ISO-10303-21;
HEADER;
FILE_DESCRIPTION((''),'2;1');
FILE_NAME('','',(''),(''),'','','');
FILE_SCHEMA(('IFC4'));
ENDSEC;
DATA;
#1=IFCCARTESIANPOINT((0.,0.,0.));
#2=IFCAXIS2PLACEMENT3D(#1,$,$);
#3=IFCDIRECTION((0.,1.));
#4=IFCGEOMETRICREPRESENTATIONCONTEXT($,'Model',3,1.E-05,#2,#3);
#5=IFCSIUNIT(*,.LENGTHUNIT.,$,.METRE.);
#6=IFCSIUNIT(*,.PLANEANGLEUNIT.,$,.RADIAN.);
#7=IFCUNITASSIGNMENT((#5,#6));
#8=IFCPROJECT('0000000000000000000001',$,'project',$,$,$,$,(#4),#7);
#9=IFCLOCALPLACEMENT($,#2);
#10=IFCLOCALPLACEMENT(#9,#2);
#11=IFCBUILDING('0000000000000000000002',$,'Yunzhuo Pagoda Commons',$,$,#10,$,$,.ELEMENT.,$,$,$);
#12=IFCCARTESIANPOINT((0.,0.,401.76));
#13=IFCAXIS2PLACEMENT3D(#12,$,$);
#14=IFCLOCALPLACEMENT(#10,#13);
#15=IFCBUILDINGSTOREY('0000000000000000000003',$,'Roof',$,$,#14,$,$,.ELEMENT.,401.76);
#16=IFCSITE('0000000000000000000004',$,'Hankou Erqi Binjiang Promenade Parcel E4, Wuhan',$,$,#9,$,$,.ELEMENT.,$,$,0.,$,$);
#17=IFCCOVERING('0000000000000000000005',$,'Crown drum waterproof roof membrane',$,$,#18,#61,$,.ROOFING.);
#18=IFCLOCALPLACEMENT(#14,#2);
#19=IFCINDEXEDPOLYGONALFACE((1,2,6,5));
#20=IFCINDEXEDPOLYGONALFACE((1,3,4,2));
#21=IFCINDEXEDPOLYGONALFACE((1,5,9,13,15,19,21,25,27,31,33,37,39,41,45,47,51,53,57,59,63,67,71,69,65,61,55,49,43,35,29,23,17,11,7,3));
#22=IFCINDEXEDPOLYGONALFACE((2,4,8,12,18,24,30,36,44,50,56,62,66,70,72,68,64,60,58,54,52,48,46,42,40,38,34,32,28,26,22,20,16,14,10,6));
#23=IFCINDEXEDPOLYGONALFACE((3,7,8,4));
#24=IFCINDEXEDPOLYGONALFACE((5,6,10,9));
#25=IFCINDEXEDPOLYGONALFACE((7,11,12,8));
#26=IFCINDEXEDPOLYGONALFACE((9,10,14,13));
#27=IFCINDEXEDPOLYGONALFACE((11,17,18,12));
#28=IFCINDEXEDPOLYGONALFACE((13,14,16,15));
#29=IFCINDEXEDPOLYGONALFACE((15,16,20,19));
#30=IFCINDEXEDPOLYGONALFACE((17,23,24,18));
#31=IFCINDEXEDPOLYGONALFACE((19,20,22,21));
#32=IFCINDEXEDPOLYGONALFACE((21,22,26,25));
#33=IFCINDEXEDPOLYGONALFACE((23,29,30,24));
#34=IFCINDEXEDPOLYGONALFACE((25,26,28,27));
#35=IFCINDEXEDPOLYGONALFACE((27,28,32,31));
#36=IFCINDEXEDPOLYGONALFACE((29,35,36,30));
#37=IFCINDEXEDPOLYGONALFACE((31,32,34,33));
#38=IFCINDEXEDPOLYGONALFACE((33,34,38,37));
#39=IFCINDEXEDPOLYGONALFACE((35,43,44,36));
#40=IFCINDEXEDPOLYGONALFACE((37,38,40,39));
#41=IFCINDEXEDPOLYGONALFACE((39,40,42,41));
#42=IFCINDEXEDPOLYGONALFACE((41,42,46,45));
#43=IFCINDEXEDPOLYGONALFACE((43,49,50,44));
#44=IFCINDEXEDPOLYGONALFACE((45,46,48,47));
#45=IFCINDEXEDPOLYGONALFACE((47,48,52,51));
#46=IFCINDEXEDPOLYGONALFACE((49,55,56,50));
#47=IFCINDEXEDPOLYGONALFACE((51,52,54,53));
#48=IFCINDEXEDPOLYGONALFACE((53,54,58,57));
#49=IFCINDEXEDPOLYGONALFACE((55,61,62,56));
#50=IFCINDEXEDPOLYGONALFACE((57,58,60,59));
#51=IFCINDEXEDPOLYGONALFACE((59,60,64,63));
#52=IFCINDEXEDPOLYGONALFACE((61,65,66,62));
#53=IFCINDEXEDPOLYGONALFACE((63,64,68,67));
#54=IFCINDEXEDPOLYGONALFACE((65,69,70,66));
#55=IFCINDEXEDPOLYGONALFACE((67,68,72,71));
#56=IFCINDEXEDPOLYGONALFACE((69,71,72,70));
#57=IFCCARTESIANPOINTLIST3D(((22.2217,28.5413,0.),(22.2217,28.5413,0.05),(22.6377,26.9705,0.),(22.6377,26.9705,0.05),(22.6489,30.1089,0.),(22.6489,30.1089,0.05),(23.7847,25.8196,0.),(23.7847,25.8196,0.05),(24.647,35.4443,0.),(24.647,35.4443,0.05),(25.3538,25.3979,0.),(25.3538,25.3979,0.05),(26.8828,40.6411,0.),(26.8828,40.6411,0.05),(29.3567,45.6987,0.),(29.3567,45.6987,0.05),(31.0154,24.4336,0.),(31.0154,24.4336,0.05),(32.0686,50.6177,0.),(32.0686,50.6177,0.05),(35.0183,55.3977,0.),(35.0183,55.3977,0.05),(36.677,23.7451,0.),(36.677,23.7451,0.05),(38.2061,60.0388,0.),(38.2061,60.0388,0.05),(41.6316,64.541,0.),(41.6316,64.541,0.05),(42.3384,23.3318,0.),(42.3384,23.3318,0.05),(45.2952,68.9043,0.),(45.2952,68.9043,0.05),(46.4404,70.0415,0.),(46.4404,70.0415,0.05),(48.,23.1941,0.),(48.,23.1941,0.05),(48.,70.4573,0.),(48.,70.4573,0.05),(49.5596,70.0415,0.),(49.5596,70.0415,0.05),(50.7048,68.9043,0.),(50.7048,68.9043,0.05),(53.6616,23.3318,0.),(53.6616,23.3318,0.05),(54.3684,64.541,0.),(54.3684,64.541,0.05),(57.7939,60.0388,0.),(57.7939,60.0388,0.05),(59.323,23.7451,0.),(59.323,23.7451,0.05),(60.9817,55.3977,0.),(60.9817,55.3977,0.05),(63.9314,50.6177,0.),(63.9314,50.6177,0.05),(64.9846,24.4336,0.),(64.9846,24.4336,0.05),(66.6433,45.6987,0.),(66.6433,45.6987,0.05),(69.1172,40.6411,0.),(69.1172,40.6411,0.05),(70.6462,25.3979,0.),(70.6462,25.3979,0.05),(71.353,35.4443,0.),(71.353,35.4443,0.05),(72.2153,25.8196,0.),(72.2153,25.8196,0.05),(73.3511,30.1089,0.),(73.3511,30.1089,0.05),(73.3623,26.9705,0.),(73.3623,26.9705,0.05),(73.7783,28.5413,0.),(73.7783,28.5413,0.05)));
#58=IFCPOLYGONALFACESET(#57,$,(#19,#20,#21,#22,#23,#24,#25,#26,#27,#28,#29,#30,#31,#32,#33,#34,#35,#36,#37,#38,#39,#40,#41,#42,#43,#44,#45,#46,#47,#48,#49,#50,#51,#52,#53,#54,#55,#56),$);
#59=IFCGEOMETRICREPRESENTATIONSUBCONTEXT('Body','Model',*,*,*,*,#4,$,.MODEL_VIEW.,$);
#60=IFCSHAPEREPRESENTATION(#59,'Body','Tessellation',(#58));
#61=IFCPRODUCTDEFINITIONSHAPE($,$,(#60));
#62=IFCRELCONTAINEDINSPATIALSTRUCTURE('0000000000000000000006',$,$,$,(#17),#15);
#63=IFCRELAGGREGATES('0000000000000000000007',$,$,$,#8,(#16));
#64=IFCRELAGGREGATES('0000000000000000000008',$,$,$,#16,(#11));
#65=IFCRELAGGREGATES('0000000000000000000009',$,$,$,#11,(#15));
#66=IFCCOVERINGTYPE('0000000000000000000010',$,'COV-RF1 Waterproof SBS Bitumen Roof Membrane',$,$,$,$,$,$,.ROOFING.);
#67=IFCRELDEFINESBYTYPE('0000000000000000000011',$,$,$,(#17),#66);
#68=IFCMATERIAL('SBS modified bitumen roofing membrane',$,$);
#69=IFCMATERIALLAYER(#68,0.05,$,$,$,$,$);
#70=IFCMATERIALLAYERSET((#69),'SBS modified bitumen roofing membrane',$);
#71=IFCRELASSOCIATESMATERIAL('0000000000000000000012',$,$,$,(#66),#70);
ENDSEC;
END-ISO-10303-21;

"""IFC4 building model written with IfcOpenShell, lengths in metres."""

from ifc_helpers import new_model, si_unit, direction, frame, origin, place, context, subcontext, project, spatial, polyline, outline, extrude, material, layer, layer_set, type_object, element, save


model = new_model("IFC4")

# Units and contexts
model_context = context("Model", 3, precision=1e-05, world=origin(), true_north=direction((0.0, 1.0)))
body_context = subcontext(model_context, "Body", "Model", "MODEL_VIEW")
ifc_project = project(units=[si_unit("LENGTHUNIT", "METRE"), si_unit("PLANEANGLEUNIT", "RADIAN")], contexts=[model_context])

# Site, building, storey
site_placement = place(None, origin())
site = spatial("IfcSite", under=ifc_project, at=site_placement, Name="Hankou Erqi Binjiang Promenade Parcel E4, Wuhan", CompositionType="ELEMENT", RefElevation=0.0)
building_placement = place(site_placement, origin())
building = spatial("IfcBuilding", under=site, at=building_placement, Name="Yunzhuo Pagoda Commons", CompositionType="ELEMENT")
storey_placement = place(building_placement, frame((0.0, 0.0, 401.76)))
storey = spatial("IfcBuildingStorey", under=building, at=storey_placement, Name="Roof", CompositionType="ELEMENT", Elevation=401.76)

# Covering
ifc_material_1 = material(Name="SBS modified bitumen roofing membrane")
ifc_layer_1 = layer(ifc_material_1, 0.05)
ifc_layer_set_1 = layer_set([ifc_layer_1], Name="SBS modified bitumen roofing membrane")
covering_type = type_object("IfcCoveringType", Name="COV-RF1 Waterproof SBS Bitumen Roof Membrane", PredefinedType="ROOFING", material=ifc_layer_set_1)
covering_placement = place(storey_placement, origin())
element("IfcCovering", 1, at=covering_placement, inside=storey, type_object=covering_type, Name="Crown drum waterproof roof membrane", PredefinedType="ROOFING", context=body_context, shape_type="SweptSolid", body=[
    extrude(outline(polyline([(22.6489, 30.1089), (22.2217, 28.5413), (22.6377, 26.9705), (23.7847, 25.8196), (25.3538, 25.3979), (31.0154, 24.4336), (36.677, 23.7451), (42.3384, 23.3318), (48.0, 23.1941), (53.6616, 23.3318), (59.323, 23.7451), (64.9846, 24.4336), (70.6462, 25.3979), (72.2153, 25.8196), (73.3623, 26.9705), (73.7783, 28.5413), (73.3511, 30.1089), (71.353, 35.4443), (69.1172, 40.6411), (66.6433, 45.6987), (63.9314, 50.6177), (60.9817, 55.3977), (57.7939, 60.0388), (54.3684, 64.541), (50.7048, 68.9043), (49.5596, 70.0415), (48.0, 70.4573), (46.4404, 70.0415), (45.2952, 68.9043), (41.6316, 64.541), (38.2061, 60.0388), (35.0183, 55.3977), (32.0686, 50.6177), (29.3567, 45.6987), (26.8828, 40.6411), (24.647, 35.4443), (22.6489, 30.1089)])), origin(), (0.0, 0.0, 1.0), 0.05),
])

save(model, "model.ifc")
